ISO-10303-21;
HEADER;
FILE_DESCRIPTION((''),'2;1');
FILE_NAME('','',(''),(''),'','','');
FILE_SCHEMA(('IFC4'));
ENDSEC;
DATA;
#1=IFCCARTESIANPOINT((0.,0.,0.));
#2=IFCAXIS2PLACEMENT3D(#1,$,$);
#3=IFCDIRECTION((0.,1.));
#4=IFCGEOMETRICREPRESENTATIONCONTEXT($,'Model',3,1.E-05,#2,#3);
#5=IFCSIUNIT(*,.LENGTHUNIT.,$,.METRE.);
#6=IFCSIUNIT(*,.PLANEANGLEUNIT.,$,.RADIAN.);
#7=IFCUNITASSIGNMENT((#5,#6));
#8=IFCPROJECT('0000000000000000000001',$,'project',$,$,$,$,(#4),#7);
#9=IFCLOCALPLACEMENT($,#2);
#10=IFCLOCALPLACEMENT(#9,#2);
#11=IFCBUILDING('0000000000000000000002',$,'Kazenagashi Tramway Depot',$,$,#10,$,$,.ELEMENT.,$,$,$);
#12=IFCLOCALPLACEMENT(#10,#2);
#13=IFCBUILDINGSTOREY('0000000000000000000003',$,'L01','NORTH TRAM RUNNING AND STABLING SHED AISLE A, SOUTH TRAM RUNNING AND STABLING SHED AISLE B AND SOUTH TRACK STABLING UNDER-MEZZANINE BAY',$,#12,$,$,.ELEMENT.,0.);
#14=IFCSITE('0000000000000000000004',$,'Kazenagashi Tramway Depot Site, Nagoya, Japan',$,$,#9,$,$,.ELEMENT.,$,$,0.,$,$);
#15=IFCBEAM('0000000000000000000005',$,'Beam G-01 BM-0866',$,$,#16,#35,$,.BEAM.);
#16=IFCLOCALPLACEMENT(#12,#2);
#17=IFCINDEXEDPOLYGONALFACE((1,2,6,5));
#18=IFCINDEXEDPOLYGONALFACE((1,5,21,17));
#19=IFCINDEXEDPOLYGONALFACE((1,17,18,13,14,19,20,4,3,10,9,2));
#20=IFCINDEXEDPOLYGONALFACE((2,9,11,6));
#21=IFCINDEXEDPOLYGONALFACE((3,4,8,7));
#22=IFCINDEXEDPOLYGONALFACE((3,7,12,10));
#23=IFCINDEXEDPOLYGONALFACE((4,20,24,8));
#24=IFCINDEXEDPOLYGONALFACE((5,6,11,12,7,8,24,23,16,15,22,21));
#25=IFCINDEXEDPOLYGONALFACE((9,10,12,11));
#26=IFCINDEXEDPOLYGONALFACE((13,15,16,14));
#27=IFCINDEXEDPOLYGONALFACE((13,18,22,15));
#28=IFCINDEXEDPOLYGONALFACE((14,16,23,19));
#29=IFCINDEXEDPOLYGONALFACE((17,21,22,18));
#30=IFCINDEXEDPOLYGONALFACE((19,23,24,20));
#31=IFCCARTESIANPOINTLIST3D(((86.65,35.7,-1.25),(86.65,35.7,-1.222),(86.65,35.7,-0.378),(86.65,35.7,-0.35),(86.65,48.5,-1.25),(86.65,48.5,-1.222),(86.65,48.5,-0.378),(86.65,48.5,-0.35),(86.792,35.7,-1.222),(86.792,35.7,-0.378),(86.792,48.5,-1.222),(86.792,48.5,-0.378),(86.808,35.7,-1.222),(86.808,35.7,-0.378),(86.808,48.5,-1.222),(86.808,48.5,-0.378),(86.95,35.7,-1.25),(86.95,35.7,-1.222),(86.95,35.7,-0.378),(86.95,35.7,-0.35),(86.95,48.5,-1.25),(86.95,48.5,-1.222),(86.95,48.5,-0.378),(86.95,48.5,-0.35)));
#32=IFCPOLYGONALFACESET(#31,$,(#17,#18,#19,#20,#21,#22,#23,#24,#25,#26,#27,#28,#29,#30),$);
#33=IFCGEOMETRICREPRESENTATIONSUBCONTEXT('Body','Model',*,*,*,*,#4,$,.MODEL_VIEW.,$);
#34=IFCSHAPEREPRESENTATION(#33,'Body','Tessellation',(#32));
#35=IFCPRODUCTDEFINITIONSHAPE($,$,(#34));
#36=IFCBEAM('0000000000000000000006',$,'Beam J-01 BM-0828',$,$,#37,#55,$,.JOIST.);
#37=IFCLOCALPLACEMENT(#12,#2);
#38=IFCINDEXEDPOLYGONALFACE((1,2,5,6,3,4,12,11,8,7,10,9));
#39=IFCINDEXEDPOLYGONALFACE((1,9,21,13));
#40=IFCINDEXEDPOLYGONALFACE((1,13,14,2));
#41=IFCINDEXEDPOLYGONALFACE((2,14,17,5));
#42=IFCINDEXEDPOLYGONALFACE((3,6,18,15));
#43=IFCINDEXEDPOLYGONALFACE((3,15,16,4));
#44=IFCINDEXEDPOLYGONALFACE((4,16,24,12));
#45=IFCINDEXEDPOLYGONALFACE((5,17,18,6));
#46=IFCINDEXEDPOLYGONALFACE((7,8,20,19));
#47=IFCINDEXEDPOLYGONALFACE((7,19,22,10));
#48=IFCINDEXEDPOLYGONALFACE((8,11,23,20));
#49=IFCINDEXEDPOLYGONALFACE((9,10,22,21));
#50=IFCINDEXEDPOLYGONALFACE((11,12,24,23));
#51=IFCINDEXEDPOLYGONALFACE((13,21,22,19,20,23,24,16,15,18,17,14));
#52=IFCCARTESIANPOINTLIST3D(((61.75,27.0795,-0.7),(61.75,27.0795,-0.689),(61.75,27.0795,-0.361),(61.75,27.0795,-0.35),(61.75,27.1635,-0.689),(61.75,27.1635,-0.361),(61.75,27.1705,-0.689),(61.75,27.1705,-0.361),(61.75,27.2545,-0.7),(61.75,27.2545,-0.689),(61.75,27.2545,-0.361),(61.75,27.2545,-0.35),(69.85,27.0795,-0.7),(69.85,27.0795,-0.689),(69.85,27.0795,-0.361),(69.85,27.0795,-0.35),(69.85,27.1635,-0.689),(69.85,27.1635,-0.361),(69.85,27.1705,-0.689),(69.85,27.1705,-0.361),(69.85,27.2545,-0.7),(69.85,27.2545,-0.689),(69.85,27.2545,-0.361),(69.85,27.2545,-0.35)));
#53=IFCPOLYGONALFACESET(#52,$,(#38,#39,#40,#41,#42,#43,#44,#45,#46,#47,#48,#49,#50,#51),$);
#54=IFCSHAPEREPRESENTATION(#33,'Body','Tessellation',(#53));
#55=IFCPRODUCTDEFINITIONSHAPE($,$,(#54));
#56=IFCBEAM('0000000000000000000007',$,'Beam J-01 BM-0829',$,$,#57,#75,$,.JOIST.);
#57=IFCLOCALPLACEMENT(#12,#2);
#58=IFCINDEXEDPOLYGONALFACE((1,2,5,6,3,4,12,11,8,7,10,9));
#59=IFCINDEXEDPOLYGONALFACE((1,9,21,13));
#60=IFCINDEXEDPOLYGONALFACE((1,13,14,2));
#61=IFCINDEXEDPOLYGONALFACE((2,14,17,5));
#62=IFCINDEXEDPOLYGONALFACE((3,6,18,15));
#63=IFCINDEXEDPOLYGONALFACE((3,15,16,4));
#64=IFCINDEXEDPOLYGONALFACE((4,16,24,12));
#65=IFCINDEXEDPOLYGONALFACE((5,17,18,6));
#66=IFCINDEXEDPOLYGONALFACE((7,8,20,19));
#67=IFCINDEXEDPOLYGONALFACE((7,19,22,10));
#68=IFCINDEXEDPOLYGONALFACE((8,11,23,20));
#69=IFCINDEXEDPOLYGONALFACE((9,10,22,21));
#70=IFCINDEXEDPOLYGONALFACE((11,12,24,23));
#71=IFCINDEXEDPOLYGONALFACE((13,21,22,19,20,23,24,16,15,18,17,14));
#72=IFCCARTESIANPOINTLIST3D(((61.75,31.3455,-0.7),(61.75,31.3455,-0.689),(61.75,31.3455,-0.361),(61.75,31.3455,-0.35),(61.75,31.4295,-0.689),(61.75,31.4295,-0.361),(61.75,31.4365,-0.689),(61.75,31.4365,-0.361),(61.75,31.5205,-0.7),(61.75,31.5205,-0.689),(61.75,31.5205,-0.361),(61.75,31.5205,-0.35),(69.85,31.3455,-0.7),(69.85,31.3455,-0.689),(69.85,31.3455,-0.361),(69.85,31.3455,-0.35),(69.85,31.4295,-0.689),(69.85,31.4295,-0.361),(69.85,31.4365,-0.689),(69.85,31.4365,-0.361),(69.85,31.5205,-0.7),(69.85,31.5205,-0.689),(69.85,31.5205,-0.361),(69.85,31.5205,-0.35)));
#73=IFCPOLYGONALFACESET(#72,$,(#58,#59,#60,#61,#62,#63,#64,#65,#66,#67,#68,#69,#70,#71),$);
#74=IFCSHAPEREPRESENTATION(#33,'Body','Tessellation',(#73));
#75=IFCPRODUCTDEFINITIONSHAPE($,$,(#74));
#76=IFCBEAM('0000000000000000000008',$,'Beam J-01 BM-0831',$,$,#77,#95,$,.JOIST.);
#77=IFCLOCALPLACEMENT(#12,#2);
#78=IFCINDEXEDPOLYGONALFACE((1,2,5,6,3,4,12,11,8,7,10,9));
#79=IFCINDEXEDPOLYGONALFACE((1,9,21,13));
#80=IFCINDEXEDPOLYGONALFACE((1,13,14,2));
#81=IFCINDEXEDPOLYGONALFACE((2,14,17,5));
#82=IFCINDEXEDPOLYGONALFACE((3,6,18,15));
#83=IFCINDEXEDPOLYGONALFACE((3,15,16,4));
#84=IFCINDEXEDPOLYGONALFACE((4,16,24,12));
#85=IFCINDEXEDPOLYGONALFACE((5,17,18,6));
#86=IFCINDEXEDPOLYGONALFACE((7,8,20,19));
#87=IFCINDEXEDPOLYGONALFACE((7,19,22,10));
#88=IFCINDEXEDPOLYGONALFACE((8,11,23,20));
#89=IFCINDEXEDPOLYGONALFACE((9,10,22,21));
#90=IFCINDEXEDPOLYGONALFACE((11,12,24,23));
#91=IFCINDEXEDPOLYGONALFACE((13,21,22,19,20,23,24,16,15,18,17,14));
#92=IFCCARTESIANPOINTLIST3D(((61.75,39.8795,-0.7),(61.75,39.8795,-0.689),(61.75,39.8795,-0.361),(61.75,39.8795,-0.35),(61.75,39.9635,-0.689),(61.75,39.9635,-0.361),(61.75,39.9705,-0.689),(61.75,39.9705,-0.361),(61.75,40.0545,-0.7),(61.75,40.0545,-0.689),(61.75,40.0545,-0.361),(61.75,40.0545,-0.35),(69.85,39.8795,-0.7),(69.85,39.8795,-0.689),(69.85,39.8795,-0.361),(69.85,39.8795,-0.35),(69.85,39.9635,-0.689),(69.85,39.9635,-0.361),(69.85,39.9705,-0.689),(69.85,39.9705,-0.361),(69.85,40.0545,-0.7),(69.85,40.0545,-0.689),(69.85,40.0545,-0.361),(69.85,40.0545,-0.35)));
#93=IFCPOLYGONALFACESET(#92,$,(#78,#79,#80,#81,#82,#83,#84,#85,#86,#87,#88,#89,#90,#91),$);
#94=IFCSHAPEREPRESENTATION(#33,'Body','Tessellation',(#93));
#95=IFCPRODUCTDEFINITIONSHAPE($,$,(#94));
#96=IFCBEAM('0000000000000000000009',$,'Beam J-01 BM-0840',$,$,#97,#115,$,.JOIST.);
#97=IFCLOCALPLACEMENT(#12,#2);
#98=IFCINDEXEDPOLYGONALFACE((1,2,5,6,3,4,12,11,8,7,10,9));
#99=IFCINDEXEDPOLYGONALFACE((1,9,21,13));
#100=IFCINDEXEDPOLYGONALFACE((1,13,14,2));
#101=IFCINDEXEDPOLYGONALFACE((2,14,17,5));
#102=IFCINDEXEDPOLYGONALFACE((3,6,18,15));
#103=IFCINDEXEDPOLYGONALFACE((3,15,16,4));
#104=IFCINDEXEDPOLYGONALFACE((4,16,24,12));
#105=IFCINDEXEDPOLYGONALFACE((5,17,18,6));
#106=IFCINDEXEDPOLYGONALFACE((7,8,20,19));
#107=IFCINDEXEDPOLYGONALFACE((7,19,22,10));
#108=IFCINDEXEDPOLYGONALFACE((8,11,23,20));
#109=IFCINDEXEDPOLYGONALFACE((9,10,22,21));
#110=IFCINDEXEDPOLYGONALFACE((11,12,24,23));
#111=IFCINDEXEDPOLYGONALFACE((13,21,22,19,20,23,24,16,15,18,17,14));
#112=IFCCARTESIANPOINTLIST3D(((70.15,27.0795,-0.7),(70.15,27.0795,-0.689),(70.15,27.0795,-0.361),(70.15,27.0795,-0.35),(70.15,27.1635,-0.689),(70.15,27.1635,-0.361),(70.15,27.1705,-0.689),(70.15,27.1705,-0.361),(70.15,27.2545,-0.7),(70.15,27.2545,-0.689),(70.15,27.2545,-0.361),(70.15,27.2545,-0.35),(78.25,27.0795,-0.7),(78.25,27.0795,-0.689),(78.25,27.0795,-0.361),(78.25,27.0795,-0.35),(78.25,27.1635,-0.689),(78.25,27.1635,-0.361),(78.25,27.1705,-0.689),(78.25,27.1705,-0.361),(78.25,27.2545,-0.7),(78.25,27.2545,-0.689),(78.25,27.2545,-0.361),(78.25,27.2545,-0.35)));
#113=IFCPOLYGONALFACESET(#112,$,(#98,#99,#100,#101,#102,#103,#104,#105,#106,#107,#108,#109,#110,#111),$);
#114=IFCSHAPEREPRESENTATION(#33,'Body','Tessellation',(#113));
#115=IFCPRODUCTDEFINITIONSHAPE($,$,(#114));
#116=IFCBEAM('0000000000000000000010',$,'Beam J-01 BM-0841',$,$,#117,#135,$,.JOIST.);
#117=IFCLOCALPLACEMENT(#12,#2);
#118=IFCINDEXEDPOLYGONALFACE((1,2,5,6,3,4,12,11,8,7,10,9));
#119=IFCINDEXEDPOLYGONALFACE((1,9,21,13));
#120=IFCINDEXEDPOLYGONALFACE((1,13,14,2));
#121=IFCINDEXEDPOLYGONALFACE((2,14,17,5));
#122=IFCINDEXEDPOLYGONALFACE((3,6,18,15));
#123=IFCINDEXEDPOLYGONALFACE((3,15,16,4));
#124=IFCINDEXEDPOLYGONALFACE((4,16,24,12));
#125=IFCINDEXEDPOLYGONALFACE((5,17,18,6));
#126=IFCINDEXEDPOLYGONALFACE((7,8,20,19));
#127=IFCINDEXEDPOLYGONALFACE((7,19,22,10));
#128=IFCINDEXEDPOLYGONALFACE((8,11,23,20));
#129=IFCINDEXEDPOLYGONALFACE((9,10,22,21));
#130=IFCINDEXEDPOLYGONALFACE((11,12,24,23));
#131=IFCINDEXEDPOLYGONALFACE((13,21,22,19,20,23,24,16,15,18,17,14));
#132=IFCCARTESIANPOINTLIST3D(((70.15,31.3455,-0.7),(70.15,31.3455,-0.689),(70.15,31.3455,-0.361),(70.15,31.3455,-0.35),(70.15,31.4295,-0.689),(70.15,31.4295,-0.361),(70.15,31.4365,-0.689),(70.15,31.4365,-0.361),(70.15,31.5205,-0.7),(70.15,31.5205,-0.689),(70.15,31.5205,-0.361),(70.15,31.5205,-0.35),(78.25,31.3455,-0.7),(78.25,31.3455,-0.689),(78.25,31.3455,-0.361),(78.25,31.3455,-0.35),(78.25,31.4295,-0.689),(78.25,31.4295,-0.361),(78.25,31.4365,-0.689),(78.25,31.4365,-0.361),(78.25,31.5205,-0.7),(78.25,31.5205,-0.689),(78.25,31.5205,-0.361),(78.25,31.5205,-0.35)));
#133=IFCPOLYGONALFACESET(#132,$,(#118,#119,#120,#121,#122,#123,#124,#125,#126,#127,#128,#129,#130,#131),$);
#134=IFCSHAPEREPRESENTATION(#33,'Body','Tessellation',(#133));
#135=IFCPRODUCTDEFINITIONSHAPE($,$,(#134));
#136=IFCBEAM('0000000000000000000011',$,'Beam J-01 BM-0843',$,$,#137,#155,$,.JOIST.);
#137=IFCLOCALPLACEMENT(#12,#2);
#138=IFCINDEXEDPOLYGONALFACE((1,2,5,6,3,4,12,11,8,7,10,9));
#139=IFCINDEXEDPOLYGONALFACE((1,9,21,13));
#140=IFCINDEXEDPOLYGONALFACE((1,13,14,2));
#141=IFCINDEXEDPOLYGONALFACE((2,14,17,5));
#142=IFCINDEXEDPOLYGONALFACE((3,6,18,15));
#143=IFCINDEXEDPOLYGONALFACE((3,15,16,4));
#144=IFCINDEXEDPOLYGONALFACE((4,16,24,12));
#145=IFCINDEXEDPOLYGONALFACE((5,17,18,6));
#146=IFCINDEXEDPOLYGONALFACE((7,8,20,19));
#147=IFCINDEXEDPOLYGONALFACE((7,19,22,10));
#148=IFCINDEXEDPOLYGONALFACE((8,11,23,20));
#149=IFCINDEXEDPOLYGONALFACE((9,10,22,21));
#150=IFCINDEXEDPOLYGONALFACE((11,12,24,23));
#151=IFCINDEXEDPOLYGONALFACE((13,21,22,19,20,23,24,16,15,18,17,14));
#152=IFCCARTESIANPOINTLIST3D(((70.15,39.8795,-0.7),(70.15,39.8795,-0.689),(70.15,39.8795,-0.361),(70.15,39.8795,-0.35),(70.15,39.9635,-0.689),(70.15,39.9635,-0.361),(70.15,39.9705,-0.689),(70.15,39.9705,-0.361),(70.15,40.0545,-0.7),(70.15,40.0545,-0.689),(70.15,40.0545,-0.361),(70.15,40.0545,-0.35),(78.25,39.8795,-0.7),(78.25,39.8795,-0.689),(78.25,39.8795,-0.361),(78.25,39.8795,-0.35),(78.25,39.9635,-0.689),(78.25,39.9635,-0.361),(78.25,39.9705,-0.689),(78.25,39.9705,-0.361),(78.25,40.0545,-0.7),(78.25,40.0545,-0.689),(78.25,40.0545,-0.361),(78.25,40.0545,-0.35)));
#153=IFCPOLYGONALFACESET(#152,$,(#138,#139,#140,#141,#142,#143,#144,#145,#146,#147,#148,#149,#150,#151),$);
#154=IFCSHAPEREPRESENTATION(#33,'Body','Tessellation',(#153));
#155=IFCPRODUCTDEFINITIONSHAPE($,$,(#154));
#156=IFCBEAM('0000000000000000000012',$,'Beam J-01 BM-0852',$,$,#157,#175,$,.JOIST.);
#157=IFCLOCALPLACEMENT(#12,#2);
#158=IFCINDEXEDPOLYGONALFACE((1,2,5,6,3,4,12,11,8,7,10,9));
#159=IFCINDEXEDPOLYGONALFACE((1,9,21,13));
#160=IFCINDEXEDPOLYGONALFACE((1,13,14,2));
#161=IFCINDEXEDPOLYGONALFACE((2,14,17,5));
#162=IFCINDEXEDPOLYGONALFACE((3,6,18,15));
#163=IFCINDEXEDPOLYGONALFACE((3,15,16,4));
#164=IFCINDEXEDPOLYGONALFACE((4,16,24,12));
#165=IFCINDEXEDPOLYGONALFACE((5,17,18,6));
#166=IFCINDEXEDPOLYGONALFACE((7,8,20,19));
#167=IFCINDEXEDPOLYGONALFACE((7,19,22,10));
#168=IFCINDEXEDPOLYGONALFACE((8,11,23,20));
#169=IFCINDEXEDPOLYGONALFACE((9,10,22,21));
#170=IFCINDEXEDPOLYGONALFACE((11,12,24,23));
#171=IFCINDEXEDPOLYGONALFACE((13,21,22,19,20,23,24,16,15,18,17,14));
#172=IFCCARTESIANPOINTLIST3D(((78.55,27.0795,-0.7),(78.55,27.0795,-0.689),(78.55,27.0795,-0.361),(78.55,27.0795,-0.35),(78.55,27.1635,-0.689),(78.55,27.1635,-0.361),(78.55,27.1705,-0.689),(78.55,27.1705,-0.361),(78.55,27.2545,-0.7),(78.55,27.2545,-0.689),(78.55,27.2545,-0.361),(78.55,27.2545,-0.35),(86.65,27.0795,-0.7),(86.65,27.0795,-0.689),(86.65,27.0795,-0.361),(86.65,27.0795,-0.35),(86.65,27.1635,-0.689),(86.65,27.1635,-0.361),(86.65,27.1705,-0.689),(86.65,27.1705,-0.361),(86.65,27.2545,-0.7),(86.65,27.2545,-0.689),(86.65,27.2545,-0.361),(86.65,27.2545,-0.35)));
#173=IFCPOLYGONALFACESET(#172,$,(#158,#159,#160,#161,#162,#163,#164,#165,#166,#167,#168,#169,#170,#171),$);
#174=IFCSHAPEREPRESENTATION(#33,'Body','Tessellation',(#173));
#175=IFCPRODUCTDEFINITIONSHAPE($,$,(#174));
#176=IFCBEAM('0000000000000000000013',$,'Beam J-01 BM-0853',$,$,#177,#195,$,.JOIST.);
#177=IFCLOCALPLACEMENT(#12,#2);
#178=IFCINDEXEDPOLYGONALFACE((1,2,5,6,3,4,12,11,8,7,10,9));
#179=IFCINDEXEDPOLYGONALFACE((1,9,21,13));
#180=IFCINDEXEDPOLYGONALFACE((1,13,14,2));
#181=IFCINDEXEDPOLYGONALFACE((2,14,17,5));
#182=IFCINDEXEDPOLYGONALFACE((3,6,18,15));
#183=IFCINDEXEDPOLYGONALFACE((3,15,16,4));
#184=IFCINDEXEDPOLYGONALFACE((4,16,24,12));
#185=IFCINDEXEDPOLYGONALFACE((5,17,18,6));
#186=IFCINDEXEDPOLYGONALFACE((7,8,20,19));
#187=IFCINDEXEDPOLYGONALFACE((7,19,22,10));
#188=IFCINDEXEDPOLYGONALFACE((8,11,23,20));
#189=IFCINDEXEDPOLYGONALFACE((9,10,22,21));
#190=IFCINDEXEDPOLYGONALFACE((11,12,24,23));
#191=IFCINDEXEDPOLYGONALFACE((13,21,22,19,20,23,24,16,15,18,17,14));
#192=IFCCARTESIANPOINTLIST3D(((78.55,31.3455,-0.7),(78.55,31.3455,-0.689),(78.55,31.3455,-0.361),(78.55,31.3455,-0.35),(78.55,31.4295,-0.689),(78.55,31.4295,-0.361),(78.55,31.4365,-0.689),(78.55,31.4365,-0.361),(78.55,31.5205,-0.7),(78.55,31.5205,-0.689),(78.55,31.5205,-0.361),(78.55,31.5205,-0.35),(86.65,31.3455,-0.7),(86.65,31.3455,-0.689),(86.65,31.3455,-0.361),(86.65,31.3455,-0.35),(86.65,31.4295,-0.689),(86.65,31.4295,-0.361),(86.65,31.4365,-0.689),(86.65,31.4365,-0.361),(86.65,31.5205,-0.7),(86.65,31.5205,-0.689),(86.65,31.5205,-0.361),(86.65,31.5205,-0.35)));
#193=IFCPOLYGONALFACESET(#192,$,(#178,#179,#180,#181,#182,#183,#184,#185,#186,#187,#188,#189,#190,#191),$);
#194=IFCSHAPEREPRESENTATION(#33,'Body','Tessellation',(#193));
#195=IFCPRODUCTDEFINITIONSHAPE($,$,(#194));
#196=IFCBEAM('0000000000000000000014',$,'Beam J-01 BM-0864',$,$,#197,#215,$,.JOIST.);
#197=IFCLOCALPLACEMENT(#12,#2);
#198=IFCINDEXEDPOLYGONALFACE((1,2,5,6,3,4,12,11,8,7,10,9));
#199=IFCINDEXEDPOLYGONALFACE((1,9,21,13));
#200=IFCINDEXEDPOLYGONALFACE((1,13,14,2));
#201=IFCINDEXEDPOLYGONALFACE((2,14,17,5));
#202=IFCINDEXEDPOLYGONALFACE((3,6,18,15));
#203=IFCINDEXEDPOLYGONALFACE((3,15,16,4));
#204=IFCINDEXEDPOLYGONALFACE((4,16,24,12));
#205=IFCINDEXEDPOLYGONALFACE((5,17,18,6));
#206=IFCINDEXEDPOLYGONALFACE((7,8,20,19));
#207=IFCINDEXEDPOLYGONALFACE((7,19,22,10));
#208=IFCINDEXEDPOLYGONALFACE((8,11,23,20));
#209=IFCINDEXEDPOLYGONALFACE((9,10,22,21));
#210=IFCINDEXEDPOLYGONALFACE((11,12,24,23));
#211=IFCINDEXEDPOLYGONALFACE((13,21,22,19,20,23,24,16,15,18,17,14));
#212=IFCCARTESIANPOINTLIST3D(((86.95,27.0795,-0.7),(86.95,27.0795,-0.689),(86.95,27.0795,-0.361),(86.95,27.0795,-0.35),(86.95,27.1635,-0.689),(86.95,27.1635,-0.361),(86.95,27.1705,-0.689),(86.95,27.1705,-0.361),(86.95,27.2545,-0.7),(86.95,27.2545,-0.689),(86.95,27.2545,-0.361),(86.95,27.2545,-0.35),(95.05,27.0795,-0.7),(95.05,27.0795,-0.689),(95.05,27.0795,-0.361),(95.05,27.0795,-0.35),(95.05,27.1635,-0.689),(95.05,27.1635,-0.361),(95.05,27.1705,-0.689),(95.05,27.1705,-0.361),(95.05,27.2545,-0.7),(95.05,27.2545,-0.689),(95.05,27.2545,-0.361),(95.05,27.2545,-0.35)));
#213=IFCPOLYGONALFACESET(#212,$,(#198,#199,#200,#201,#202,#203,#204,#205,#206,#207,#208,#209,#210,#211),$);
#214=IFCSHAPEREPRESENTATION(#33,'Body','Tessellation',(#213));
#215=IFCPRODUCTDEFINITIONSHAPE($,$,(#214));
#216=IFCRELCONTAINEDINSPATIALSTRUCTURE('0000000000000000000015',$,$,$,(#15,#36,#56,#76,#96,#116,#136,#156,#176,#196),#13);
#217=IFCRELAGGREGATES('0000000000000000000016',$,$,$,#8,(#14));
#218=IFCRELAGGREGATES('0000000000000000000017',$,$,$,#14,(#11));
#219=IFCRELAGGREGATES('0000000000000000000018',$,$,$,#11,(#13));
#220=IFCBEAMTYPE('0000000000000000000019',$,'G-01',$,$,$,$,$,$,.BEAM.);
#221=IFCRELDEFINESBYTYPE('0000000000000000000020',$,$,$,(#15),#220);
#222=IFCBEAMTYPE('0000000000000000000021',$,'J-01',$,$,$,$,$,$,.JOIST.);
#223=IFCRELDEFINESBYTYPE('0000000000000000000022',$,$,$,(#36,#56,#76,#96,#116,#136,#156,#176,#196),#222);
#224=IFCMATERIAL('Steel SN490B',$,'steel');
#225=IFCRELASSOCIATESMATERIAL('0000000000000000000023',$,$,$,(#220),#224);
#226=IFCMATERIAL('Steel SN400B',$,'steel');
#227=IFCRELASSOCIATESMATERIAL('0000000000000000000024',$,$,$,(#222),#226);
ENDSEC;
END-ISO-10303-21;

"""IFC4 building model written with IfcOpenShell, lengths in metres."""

from ifc_helpers import new_model, si_unit, direction, frame, origin, origin_2d, place, context, subcontext, project, spatial, i_section, extrude, material, material_profile, profile_set, type_object, element, save


model = new_model("IFC4")

# Units and contexts
model_context = context("Model", 3, precision=1e-05, world=origin(), true_north=direction((0.0, 1.0)))
body_context = subcontext(model_context, "Body", "Model", "MODEL_VIEW")
ifc_project = project(units=[si_unit("LENGTHUNIT", "METRE"), si_unit("PLANEANGLEUNIT", "RADIAN")], contexts=[model_context])

# Site, building, storey
site_placement = place(None, origin())
site = spatial("IfcSite", under=ifc_project, at=site_placement, Name="Kazenagashi Tramway Depot Site, Nagoya, Japan", CompositionType="ELEMENT", RefElevation=0.0)
building_placement = place(site_placement, origin())
building = spatial("IfcBuilding", under=site, at=building_placement, Name="Kazenagashi Tramway Depot", CompositionType="ELEMENT")
storey_placement = place(building_placement, origin())
storey = spatial("IfcBuildingStorey", under=building, at=storey_placement, Name="L01", Description="NORTH TRAM RUNNING AND STABLING SHED AISLE A, SOUTH TRAM RUNNING AND STABLING SHED AISLE B AND SOUTH TRACK STABLING UNDER-MEZZANINE BAY", CompositionType="ELEMENT", Elevation=0.0)

# Shared definitions
ifc_material_1 = material(Name="Steel SN490B", Category="steel")

# Beams
ifc_material_profile_1 = material_profile(ifc_material_1, i_section(OverallWidth=0.3, OverallDepth=0.9, WebThickness=0.016, FlangeThickness=0.028, at=origin_2d()), Name="H-900x300x16x28")
ifc_profile_set_1 = profile_set([ifc_material_profile_1], Name="Steel SN490B")
beam_type_1 = type_object("IfcBeamType", Name="G-01", PredefinedType="BEAM", material=ifc_profile_set_1)
for number, where, z_axis, x_axis, name in (
    (1, (86.8, 35.7, -0.8), (0.0, 1.0, 0.0), (-1.0, 0.0, 0.0), "Beam G-01 BM-0866"),
):
    element("IfcBeam", number, at=place(storey_placement, frame(where, z_axis=z_axis, x_axis=x_axis)), inside=storey, type_object=beam_type_1, Name=name, PredefinedType="BEAM", context=body_context, shape_type="SweptSolid", body=[
        extrude(i_section(OverallWidth=0.3, OverallDepth=0.9, WebThickness=0.016, FlangeThickness=0.028, at=origin_2d()), origin(), (0.0, 0.0, 1.0), 12.8),
    ])
ifc_material_2 = material(Name="Steel SN400B", Category="steel")
ifc_material_profile_2 = material_profile(ifc_material_2, i_section(OverallWidth=0.175, OverallDepth=0.35, WebThickness=0.007, FlangeThickness=0.011, at=origin_2d()), Name="H-350x175x7x11")
ifc_profile_set_2 = profile_set([ifc_material_profile_2], Name="Steel SN400B")
beam_type_2 = type_object("IfcBeamType", Name="J-01", PredefinedType="JOIST", material=ifc_profile_set_2)
for number, where, z_axis, x_axis, name in (
    (2, (61.75, 27.167, -0.525), (1.0, 0.0, 0.0), (0.0, 1.0, 0.0), "Beam J-01 BM-0828"),
    (3, (61.75, 31.433, -0.525), (1.0, 0.0, 0.0), (0.0, 1.0, 0.0), "Beam J-01 BM-0829"),
    (4, (61.75, 39.967, -0.525), (1.0, 0.0, 0.0), (0.0, 1.0, 0.0), "Beam J-01 BM-0831"),
    (5, (70.15, 27.167, -0.525), (1.0, 0.0, 0.0), (0.0, 1.0, 0.0), "Beam J-01 BM-0840"),
    (6, (70.15, 31.433, -0.525), (1.0, 0.0, 0.0), (0.0, 1.0, 0.0), "Beam J-01 BM-0841"),
    (7, (70.15, 39.967, -0.525), (1.0, 0.0, 0.0), (0.0, 1.0, 0.0), "Beam J-01 BM-0843"),
    (8, (78.55, 27.167, -0.525), (1.0, 0.0, 0.0), (0.0, 1.0, 0.0), "Beam J-01 BM-0852"),
    (9, (78.55, 31.433, -0.525), (1.0, 0.0, 0.0), (0.0, 1.0, 0.0), "Beam J-01 BM-0853"),
    (10, (86.95, 27.167, -0.525), (1.0, 0.0, 0.0), (0.0, 1.0, 0.0), "Beam J-01 BM-0864"),
):
    element("IfcBeam", number, at=place(storey_placement, frame(where, z_axis=z_axis, x_axis=x_axis)), inside=storey, type_object=beam_type_2, Name=name, PredefinedType="JOIST", context=body_context, shape_type="SweptSolid", body=[
        extrude(i_section(OverallWidth=0.175, OverallDepth=0.35, WebThickness=0.007, FlangeThickness=0.011, at=origin_2d()), origin(), (0.0, 0.0, 1.0), 8.1),
    ])

save(model, "model.ifc")
